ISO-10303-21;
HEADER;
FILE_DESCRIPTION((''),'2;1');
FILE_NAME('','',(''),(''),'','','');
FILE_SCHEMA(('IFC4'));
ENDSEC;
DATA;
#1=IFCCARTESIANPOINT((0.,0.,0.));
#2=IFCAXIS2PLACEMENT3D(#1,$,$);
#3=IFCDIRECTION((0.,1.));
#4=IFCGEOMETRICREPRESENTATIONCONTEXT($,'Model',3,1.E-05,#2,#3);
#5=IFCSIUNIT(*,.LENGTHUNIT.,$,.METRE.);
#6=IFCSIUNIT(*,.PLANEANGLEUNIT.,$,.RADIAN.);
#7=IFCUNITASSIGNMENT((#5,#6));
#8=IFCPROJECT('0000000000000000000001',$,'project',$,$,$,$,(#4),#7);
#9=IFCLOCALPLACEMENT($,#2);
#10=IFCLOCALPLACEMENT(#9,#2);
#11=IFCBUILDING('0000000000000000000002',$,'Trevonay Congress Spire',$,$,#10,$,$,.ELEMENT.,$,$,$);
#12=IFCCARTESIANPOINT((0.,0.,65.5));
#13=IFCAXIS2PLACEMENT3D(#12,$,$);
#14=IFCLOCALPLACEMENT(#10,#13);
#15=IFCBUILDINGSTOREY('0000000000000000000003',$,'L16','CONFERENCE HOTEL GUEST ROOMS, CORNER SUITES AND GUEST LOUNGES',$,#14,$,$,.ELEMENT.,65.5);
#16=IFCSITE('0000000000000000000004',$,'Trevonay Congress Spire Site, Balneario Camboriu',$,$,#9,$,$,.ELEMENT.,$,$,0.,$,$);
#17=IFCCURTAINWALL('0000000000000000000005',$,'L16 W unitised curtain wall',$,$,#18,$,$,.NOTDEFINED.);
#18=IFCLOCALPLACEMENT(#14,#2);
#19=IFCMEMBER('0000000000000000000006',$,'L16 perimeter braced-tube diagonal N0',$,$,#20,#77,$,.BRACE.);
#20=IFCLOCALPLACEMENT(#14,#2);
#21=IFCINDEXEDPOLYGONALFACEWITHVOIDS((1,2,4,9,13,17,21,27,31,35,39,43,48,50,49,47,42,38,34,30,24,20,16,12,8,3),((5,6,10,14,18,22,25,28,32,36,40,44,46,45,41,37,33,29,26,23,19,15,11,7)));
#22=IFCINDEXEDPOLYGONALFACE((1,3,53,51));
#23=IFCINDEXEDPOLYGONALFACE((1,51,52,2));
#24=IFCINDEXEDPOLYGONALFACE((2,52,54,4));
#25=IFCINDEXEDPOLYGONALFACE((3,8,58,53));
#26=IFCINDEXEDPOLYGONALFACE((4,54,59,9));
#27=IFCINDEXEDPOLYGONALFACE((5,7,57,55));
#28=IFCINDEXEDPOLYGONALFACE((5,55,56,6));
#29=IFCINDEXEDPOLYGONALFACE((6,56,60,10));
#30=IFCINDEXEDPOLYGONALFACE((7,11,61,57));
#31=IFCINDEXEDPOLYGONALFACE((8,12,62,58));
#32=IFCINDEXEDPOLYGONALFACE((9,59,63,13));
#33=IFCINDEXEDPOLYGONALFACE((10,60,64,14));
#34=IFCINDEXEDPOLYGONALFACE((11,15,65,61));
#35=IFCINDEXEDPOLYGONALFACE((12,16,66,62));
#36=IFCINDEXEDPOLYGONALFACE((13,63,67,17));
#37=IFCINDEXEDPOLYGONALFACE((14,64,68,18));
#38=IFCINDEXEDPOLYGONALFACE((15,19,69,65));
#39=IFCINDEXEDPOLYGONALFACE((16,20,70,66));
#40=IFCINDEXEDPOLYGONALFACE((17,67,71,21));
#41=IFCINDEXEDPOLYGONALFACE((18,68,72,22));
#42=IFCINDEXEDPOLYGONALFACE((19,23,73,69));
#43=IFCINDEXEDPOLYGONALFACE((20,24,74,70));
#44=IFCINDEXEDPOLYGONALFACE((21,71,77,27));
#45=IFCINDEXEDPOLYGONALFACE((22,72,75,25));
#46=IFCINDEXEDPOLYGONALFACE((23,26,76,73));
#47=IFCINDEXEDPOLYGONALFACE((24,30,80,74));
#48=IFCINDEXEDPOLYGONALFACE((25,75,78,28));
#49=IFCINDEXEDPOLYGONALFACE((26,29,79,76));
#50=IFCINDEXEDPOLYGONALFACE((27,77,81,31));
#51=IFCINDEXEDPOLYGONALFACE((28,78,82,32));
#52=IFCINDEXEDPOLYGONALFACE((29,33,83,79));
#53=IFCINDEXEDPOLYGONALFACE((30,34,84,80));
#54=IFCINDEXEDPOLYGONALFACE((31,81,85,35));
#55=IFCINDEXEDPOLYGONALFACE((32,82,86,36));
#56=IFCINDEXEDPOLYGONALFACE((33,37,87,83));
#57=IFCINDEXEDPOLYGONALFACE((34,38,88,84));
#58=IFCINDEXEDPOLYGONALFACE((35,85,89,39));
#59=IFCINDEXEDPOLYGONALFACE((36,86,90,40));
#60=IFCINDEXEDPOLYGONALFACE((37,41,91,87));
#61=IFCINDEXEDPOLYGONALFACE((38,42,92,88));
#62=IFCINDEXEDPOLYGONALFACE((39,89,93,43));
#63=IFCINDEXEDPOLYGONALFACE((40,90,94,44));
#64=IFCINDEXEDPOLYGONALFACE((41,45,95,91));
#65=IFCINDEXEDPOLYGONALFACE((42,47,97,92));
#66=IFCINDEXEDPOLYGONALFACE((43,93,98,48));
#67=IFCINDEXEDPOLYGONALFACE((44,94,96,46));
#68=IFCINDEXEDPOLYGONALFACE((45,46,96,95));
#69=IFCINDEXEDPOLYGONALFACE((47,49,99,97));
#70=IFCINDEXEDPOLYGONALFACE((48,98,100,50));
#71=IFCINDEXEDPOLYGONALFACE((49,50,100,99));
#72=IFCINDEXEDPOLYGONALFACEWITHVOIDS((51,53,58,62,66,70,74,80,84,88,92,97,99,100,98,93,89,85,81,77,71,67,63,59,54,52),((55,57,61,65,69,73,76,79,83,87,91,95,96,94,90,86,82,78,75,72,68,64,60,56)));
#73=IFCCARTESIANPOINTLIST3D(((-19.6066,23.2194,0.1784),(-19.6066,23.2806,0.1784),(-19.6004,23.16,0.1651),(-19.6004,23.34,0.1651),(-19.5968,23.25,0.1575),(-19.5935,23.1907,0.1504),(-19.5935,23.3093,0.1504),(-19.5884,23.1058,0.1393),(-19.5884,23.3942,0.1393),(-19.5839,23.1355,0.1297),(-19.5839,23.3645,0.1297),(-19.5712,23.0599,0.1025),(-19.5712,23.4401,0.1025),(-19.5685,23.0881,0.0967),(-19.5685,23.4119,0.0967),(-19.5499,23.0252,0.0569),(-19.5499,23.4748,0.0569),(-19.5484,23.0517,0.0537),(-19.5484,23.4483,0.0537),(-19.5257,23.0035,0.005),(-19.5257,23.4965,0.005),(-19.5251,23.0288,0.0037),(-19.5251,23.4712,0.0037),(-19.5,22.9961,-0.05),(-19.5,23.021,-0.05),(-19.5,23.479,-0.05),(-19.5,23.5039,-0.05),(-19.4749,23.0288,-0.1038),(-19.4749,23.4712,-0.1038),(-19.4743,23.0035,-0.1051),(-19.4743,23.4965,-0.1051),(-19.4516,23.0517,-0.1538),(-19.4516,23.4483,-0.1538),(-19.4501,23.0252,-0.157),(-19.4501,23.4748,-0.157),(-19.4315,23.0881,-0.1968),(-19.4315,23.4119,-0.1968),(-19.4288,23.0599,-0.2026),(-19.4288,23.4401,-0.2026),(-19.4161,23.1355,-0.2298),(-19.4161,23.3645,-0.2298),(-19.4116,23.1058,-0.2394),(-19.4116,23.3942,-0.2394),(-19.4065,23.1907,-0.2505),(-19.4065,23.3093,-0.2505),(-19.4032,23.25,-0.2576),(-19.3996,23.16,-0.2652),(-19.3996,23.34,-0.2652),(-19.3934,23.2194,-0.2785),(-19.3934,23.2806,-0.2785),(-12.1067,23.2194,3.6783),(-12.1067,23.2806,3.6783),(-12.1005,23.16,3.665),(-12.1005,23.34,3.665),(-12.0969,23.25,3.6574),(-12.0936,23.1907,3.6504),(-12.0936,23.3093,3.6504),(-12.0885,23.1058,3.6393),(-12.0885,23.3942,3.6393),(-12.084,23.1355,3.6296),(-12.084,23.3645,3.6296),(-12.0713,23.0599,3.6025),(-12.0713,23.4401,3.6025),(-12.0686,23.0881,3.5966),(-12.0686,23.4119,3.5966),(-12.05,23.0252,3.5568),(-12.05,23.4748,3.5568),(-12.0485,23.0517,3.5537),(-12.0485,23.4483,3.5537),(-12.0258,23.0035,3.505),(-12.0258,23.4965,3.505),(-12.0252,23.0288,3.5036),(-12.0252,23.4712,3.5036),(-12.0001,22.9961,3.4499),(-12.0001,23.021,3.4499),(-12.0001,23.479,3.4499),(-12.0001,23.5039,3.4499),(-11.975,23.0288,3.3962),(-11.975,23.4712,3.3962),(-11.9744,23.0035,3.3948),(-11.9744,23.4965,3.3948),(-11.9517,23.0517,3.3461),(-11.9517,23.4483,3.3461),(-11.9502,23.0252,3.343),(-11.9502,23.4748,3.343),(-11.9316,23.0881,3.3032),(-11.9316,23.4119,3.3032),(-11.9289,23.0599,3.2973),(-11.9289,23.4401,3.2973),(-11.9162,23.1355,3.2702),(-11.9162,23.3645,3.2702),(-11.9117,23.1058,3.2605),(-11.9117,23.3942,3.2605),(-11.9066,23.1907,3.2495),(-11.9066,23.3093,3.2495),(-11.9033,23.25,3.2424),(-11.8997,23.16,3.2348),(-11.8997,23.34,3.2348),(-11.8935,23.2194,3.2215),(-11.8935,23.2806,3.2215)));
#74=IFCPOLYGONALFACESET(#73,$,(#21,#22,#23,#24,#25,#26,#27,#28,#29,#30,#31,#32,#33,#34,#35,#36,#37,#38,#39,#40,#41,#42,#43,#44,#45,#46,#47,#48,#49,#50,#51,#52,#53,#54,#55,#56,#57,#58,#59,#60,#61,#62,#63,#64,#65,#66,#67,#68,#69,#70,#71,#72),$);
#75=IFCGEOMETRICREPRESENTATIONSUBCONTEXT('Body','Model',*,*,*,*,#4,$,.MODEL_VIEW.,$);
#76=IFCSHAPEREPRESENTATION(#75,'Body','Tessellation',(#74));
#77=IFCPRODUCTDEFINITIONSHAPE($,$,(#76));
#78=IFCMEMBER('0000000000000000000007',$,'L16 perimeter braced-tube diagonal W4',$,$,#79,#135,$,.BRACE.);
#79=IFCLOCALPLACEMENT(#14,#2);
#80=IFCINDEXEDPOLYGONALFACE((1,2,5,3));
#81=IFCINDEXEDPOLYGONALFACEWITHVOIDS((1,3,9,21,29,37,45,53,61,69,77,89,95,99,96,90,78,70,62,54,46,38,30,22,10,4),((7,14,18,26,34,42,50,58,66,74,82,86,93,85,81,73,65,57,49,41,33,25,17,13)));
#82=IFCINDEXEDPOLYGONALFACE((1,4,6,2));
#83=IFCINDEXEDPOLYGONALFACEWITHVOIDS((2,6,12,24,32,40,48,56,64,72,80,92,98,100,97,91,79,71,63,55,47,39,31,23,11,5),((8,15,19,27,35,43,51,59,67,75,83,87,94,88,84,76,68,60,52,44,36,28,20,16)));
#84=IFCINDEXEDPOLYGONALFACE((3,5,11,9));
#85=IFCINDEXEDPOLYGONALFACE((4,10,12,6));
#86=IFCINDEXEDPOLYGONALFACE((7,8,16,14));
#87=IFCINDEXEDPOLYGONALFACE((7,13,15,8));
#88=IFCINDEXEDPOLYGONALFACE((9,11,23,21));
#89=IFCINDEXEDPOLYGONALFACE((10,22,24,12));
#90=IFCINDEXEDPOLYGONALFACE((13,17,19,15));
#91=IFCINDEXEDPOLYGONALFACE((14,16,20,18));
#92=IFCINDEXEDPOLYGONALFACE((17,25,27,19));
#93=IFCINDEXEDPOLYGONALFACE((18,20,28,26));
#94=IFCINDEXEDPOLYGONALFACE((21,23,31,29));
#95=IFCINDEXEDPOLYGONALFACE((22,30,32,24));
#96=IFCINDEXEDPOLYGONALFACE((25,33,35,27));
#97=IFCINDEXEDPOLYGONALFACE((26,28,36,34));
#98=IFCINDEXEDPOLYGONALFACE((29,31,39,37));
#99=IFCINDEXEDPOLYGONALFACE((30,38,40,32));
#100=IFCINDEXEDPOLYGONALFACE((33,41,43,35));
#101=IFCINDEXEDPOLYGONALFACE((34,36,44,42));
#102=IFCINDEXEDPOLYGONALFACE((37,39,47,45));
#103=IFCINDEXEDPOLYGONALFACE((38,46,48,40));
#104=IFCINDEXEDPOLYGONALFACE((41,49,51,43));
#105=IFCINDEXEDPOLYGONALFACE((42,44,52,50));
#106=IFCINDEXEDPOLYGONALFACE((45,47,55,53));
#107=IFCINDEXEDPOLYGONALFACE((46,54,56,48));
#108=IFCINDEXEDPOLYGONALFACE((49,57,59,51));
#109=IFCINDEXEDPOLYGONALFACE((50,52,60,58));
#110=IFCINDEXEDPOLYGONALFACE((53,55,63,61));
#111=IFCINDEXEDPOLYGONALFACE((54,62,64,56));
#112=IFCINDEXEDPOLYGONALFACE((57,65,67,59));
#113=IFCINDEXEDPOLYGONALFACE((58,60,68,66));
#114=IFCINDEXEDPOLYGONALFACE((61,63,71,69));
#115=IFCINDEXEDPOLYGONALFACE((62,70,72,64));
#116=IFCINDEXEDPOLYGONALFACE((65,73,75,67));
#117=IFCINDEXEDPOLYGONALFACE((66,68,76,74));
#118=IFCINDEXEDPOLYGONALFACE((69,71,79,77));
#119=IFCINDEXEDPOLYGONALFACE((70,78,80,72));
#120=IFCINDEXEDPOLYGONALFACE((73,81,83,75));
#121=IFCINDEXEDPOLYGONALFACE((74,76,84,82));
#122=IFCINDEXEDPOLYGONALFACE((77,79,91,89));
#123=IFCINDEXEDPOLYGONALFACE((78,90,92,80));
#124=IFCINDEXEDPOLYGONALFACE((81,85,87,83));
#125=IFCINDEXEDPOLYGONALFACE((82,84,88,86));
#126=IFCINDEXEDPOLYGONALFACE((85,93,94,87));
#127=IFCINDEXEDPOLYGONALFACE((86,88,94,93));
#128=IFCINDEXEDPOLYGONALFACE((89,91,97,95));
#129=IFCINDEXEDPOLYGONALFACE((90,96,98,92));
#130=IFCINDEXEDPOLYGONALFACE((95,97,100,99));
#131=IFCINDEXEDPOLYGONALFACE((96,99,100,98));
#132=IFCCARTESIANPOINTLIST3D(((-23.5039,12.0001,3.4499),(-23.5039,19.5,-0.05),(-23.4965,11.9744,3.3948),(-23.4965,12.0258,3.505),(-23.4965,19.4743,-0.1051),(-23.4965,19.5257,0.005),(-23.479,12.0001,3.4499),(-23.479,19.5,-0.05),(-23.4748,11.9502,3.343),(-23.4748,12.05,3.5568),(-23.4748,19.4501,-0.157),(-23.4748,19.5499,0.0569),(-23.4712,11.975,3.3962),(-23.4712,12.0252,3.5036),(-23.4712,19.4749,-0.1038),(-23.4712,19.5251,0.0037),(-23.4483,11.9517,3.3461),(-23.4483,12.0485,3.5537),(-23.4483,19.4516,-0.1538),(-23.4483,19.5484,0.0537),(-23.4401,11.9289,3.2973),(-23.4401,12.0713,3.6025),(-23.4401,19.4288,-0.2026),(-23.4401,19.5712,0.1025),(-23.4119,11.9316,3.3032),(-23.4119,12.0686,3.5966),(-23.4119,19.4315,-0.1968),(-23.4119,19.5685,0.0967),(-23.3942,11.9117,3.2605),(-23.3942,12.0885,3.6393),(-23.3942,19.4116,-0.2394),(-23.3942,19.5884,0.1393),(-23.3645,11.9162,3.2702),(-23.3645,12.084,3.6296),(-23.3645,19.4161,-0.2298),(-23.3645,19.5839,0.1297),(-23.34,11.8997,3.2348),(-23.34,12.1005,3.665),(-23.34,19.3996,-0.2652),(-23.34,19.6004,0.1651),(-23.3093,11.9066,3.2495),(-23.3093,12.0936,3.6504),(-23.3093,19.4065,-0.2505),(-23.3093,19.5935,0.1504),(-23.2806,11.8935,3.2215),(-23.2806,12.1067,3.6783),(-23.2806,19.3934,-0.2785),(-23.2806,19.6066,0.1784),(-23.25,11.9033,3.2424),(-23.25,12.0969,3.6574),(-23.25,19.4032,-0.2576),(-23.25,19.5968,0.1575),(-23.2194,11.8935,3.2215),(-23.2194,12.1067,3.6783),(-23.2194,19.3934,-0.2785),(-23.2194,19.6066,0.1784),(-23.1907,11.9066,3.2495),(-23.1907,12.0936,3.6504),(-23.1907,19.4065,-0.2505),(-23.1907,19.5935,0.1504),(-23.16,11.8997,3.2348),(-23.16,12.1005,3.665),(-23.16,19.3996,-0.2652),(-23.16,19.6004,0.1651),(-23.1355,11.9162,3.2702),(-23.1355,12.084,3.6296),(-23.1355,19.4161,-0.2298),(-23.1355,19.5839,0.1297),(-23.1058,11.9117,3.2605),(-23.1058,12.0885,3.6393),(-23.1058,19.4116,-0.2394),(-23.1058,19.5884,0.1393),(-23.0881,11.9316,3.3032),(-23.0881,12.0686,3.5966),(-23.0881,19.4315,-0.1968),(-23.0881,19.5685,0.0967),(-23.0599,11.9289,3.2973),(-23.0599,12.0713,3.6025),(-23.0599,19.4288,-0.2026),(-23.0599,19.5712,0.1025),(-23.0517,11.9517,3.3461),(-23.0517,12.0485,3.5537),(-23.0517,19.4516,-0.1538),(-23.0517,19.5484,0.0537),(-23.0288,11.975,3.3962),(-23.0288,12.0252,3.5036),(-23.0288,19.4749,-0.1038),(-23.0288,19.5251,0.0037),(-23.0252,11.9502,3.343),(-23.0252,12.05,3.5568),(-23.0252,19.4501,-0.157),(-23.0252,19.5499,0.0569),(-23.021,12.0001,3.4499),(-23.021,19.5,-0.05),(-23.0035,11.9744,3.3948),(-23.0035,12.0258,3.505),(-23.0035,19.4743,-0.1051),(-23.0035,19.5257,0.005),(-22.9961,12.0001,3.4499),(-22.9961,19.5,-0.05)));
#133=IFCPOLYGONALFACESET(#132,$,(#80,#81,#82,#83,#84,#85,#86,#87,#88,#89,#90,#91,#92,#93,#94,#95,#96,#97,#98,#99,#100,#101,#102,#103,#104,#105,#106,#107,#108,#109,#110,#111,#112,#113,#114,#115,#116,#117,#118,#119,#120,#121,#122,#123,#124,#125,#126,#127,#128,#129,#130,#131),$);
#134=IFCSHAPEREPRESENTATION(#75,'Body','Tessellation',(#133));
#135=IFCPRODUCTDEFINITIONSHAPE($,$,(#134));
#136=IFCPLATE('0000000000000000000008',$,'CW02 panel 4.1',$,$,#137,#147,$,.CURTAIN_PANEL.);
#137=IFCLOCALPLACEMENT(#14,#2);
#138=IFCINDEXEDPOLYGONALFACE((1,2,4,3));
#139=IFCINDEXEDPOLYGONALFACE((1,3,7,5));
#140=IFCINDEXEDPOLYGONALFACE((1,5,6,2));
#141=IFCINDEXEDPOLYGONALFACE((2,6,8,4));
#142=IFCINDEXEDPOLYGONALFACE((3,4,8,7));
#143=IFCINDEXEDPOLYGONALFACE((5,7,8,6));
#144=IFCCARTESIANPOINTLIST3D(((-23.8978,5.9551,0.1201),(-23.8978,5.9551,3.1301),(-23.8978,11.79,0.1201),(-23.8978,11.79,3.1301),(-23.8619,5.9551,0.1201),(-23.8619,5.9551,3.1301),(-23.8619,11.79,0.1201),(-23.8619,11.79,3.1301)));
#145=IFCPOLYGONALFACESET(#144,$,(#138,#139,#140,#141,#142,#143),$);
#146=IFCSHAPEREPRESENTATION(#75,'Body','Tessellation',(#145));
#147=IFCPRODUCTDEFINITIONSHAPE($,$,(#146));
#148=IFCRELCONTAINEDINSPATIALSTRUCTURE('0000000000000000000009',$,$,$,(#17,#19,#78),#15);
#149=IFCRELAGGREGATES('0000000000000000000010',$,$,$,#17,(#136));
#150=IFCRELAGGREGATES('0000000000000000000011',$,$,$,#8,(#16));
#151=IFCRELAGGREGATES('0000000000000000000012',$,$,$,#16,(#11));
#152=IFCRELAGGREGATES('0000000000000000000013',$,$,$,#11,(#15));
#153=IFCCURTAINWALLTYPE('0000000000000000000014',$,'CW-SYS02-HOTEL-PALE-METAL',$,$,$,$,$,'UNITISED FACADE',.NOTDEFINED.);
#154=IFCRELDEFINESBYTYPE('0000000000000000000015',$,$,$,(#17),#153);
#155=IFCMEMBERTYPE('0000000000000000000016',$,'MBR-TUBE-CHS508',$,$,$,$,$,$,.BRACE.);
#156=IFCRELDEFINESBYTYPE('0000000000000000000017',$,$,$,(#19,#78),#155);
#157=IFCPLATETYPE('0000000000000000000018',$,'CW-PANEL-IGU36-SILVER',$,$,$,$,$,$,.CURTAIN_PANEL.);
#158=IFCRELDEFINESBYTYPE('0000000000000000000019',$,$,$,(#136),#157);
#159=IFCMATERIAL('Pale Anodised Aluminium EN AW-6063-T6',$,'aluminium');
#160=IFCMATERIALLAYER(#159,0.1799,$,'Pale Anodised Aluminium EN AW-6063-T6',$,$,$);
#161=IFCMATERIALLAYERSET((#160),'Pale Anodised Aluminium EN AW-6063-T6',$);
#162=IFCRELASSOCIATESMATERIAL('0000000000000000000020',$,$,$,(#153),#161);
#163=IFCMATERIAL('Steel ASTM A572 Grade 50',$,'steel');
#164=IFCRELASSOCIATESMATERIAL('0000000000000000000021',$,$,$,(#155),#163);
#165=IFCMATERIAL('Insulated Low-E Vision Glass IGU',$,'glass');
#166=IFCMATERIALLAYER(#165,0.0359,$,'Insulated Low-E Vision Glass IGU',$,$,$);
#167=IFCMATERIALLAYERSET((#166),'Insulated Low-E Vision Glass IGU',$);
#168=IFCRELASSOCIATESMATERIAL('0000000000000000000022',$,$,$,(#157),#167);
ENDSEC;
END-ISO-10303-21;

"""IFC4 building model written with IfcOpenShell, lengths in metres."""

from ifc_helpers import new_model, si_unit, direction, frame, origin, origin_2d, place, context, subcontext, project, spatial, rectangle, hollow_circle, extrude, material, layer, layer_set, material_profile, profile_set, type_object, element, aggregate, save


model = new_model("IFC4")

# Units and contexts
model_context = context("Model", 3, precision=1e-05, world=origin(), true_north=direction((0.0, 1.0)))
body_context = subcontext(model_context, "Body", "Model", "MODEL_VIEW")
ifc_project = project(units=[si_unit("LENGTHUNIT", "METRE"), si_unit("PLANEANGLEUNIT", "RADIAN")], contexts=[model_context])

# Site, building, storey
site_placement = place(None, origin())
site = spatial("IfcSite", under=ifc_project, at=site_placement, Name="Trevonay Congress Spire Site, Balneario Camboriu", CompositionType="ELEMENT", RefElevation=0.0)
building_placement = place(site_placement, origin())
building = spatial("IfcBuilding", under=site, at=building_placement, Name="Trevonay Congress Spire", CompositionType="ELEMENT")
storey_placement = place(building_placement, frame((0.0, 0.0, 65.5)))
storey = spatial("IfcBuildingStorey", under=building, at=storey_placement, Name="L16", Description="CONFERENCE HOTEL GUEST ROOMS, CORNER SUITES AND GUEST LOUNGES", CompositionType="ELEMENT", Elevation=65.5)

# Shared definitions
ifc_material_1 = material(Name="Steel ASTM A572 Grade 50", Category="steel")

# Curtain wall
ifc_material_2 = material(Name="Pale Anodised Aluminium EN AW-6063-T6", Category="aluminium")
ifc_layer_1 = layer(ifc_material_2, 0.1799, Name="Pale Anodised Aluminium EN AW-6063-T6")
ifc_layer_set_1 = layer_set([ifc_layer_1], Name="Pale Anodised Aluminium EN AW-6063-T6")
curtain_wall_type = type_object("IfcCurtainWallType", Name="CW-SYS02-HOTEL-PALE-METAL", ElementType="UNITISED FACADE", PredefinedType="NOTDEFINED", material=ifc_layer_set_1)
curtain_wall_1_placement = place(storey_placement, origin())
curtain_wall_1 = element("IfcCurtainWall", 1, at=curtain_wall_1_placement, inside=storey, type_object=curtain_wall_type, Name="L16 W unitised curtain wall", PredefinedType="NOTDEFINED")

# Members
ifc_material_profile_1 = material_profile(ifc_material_1, hollow_circle(Radius=0.2539, WallThickness=0.0249, at=origin_2d()), Name="CHS 508x25")
ifc_profile_set_1 = profile_set([ifc_material_profile_1], Name="Steel ASTM A572 Grade 50")
member_type_1 = type_object("IfcMemberType", Name="MBR-TUBE-CHS508", PredefinedType="BRACE", material=ifc_profile_set_1)
for number, where, z_axis, x_axis, name in (
    (2, (-19.5, 23.25, -0.05), (0.906183, 0.0, 0.422885), (0.0, 1.0, 0.0), "L16 perimeter braced-tube diagonal N0"),
    (3, (-23.25, 19.5, -0.05), (0.0, -0.906183, 0.422885), (1.0, 0.0, 0.0), "L16 perimeter braced-tube diagonal W4"),
):
    element("IfcMember", number, at=place(storey_placement, frame(where, z_axis=z_axis, x_axis=x_axis)), inside=storey, type_object=member_type_1, Name=name, PredefinedType="BRACE", context=body_context, shape_type="SweptSolid", body=[
        extrude(hollow_circle(Radius=0.2539, WallThickness=0.0249, at=origin_2d()), origin(), (0.0, 0.0, 1.0), 8.2764),
    ])

# Plate
ifc_material_3 = material(Name="Insulated Low-E Vision Glass IGU", Category="glass")
ifc_layer_2 = layer(ifc_material_3, 0.0359, Name="Insulated Low-E Vision Glass IGU")
ifc_layer_set_2 = layer_set([ifc_layer_2], Name="Insulated Low-E Vision Glass IGU")
plate_type = type_object("IfcPlateType", Name="CW-PANEL-IGU36-SILVER", PredefinedType="CURTAIN_PANEL", material=ifc_layer_set_2)
plate_placement = place(storey_placement, frame((-23.8799, 8.8726, 0.1201), z_axis=(0.0, 0.0, 1.0), x_axis=(0.0, 1.0, 0.0)))
plate = element("IfcPlate", 4, at=plate_placement, type_object=plate_type, Name="CW02 panel 4.1", PredefinedType="CURTAIN_PANEL", context=body_context, shape_type="SweptSolid", body=[
    extrude(rectangle(XDim=5.835, YDim=0.0359, at=origin_2d()), origin(), (0.0, 0.0, 1.0), 3.01),
])
aggregate(curtain_wall_1, [plate])

save(model, "model.ifc")
